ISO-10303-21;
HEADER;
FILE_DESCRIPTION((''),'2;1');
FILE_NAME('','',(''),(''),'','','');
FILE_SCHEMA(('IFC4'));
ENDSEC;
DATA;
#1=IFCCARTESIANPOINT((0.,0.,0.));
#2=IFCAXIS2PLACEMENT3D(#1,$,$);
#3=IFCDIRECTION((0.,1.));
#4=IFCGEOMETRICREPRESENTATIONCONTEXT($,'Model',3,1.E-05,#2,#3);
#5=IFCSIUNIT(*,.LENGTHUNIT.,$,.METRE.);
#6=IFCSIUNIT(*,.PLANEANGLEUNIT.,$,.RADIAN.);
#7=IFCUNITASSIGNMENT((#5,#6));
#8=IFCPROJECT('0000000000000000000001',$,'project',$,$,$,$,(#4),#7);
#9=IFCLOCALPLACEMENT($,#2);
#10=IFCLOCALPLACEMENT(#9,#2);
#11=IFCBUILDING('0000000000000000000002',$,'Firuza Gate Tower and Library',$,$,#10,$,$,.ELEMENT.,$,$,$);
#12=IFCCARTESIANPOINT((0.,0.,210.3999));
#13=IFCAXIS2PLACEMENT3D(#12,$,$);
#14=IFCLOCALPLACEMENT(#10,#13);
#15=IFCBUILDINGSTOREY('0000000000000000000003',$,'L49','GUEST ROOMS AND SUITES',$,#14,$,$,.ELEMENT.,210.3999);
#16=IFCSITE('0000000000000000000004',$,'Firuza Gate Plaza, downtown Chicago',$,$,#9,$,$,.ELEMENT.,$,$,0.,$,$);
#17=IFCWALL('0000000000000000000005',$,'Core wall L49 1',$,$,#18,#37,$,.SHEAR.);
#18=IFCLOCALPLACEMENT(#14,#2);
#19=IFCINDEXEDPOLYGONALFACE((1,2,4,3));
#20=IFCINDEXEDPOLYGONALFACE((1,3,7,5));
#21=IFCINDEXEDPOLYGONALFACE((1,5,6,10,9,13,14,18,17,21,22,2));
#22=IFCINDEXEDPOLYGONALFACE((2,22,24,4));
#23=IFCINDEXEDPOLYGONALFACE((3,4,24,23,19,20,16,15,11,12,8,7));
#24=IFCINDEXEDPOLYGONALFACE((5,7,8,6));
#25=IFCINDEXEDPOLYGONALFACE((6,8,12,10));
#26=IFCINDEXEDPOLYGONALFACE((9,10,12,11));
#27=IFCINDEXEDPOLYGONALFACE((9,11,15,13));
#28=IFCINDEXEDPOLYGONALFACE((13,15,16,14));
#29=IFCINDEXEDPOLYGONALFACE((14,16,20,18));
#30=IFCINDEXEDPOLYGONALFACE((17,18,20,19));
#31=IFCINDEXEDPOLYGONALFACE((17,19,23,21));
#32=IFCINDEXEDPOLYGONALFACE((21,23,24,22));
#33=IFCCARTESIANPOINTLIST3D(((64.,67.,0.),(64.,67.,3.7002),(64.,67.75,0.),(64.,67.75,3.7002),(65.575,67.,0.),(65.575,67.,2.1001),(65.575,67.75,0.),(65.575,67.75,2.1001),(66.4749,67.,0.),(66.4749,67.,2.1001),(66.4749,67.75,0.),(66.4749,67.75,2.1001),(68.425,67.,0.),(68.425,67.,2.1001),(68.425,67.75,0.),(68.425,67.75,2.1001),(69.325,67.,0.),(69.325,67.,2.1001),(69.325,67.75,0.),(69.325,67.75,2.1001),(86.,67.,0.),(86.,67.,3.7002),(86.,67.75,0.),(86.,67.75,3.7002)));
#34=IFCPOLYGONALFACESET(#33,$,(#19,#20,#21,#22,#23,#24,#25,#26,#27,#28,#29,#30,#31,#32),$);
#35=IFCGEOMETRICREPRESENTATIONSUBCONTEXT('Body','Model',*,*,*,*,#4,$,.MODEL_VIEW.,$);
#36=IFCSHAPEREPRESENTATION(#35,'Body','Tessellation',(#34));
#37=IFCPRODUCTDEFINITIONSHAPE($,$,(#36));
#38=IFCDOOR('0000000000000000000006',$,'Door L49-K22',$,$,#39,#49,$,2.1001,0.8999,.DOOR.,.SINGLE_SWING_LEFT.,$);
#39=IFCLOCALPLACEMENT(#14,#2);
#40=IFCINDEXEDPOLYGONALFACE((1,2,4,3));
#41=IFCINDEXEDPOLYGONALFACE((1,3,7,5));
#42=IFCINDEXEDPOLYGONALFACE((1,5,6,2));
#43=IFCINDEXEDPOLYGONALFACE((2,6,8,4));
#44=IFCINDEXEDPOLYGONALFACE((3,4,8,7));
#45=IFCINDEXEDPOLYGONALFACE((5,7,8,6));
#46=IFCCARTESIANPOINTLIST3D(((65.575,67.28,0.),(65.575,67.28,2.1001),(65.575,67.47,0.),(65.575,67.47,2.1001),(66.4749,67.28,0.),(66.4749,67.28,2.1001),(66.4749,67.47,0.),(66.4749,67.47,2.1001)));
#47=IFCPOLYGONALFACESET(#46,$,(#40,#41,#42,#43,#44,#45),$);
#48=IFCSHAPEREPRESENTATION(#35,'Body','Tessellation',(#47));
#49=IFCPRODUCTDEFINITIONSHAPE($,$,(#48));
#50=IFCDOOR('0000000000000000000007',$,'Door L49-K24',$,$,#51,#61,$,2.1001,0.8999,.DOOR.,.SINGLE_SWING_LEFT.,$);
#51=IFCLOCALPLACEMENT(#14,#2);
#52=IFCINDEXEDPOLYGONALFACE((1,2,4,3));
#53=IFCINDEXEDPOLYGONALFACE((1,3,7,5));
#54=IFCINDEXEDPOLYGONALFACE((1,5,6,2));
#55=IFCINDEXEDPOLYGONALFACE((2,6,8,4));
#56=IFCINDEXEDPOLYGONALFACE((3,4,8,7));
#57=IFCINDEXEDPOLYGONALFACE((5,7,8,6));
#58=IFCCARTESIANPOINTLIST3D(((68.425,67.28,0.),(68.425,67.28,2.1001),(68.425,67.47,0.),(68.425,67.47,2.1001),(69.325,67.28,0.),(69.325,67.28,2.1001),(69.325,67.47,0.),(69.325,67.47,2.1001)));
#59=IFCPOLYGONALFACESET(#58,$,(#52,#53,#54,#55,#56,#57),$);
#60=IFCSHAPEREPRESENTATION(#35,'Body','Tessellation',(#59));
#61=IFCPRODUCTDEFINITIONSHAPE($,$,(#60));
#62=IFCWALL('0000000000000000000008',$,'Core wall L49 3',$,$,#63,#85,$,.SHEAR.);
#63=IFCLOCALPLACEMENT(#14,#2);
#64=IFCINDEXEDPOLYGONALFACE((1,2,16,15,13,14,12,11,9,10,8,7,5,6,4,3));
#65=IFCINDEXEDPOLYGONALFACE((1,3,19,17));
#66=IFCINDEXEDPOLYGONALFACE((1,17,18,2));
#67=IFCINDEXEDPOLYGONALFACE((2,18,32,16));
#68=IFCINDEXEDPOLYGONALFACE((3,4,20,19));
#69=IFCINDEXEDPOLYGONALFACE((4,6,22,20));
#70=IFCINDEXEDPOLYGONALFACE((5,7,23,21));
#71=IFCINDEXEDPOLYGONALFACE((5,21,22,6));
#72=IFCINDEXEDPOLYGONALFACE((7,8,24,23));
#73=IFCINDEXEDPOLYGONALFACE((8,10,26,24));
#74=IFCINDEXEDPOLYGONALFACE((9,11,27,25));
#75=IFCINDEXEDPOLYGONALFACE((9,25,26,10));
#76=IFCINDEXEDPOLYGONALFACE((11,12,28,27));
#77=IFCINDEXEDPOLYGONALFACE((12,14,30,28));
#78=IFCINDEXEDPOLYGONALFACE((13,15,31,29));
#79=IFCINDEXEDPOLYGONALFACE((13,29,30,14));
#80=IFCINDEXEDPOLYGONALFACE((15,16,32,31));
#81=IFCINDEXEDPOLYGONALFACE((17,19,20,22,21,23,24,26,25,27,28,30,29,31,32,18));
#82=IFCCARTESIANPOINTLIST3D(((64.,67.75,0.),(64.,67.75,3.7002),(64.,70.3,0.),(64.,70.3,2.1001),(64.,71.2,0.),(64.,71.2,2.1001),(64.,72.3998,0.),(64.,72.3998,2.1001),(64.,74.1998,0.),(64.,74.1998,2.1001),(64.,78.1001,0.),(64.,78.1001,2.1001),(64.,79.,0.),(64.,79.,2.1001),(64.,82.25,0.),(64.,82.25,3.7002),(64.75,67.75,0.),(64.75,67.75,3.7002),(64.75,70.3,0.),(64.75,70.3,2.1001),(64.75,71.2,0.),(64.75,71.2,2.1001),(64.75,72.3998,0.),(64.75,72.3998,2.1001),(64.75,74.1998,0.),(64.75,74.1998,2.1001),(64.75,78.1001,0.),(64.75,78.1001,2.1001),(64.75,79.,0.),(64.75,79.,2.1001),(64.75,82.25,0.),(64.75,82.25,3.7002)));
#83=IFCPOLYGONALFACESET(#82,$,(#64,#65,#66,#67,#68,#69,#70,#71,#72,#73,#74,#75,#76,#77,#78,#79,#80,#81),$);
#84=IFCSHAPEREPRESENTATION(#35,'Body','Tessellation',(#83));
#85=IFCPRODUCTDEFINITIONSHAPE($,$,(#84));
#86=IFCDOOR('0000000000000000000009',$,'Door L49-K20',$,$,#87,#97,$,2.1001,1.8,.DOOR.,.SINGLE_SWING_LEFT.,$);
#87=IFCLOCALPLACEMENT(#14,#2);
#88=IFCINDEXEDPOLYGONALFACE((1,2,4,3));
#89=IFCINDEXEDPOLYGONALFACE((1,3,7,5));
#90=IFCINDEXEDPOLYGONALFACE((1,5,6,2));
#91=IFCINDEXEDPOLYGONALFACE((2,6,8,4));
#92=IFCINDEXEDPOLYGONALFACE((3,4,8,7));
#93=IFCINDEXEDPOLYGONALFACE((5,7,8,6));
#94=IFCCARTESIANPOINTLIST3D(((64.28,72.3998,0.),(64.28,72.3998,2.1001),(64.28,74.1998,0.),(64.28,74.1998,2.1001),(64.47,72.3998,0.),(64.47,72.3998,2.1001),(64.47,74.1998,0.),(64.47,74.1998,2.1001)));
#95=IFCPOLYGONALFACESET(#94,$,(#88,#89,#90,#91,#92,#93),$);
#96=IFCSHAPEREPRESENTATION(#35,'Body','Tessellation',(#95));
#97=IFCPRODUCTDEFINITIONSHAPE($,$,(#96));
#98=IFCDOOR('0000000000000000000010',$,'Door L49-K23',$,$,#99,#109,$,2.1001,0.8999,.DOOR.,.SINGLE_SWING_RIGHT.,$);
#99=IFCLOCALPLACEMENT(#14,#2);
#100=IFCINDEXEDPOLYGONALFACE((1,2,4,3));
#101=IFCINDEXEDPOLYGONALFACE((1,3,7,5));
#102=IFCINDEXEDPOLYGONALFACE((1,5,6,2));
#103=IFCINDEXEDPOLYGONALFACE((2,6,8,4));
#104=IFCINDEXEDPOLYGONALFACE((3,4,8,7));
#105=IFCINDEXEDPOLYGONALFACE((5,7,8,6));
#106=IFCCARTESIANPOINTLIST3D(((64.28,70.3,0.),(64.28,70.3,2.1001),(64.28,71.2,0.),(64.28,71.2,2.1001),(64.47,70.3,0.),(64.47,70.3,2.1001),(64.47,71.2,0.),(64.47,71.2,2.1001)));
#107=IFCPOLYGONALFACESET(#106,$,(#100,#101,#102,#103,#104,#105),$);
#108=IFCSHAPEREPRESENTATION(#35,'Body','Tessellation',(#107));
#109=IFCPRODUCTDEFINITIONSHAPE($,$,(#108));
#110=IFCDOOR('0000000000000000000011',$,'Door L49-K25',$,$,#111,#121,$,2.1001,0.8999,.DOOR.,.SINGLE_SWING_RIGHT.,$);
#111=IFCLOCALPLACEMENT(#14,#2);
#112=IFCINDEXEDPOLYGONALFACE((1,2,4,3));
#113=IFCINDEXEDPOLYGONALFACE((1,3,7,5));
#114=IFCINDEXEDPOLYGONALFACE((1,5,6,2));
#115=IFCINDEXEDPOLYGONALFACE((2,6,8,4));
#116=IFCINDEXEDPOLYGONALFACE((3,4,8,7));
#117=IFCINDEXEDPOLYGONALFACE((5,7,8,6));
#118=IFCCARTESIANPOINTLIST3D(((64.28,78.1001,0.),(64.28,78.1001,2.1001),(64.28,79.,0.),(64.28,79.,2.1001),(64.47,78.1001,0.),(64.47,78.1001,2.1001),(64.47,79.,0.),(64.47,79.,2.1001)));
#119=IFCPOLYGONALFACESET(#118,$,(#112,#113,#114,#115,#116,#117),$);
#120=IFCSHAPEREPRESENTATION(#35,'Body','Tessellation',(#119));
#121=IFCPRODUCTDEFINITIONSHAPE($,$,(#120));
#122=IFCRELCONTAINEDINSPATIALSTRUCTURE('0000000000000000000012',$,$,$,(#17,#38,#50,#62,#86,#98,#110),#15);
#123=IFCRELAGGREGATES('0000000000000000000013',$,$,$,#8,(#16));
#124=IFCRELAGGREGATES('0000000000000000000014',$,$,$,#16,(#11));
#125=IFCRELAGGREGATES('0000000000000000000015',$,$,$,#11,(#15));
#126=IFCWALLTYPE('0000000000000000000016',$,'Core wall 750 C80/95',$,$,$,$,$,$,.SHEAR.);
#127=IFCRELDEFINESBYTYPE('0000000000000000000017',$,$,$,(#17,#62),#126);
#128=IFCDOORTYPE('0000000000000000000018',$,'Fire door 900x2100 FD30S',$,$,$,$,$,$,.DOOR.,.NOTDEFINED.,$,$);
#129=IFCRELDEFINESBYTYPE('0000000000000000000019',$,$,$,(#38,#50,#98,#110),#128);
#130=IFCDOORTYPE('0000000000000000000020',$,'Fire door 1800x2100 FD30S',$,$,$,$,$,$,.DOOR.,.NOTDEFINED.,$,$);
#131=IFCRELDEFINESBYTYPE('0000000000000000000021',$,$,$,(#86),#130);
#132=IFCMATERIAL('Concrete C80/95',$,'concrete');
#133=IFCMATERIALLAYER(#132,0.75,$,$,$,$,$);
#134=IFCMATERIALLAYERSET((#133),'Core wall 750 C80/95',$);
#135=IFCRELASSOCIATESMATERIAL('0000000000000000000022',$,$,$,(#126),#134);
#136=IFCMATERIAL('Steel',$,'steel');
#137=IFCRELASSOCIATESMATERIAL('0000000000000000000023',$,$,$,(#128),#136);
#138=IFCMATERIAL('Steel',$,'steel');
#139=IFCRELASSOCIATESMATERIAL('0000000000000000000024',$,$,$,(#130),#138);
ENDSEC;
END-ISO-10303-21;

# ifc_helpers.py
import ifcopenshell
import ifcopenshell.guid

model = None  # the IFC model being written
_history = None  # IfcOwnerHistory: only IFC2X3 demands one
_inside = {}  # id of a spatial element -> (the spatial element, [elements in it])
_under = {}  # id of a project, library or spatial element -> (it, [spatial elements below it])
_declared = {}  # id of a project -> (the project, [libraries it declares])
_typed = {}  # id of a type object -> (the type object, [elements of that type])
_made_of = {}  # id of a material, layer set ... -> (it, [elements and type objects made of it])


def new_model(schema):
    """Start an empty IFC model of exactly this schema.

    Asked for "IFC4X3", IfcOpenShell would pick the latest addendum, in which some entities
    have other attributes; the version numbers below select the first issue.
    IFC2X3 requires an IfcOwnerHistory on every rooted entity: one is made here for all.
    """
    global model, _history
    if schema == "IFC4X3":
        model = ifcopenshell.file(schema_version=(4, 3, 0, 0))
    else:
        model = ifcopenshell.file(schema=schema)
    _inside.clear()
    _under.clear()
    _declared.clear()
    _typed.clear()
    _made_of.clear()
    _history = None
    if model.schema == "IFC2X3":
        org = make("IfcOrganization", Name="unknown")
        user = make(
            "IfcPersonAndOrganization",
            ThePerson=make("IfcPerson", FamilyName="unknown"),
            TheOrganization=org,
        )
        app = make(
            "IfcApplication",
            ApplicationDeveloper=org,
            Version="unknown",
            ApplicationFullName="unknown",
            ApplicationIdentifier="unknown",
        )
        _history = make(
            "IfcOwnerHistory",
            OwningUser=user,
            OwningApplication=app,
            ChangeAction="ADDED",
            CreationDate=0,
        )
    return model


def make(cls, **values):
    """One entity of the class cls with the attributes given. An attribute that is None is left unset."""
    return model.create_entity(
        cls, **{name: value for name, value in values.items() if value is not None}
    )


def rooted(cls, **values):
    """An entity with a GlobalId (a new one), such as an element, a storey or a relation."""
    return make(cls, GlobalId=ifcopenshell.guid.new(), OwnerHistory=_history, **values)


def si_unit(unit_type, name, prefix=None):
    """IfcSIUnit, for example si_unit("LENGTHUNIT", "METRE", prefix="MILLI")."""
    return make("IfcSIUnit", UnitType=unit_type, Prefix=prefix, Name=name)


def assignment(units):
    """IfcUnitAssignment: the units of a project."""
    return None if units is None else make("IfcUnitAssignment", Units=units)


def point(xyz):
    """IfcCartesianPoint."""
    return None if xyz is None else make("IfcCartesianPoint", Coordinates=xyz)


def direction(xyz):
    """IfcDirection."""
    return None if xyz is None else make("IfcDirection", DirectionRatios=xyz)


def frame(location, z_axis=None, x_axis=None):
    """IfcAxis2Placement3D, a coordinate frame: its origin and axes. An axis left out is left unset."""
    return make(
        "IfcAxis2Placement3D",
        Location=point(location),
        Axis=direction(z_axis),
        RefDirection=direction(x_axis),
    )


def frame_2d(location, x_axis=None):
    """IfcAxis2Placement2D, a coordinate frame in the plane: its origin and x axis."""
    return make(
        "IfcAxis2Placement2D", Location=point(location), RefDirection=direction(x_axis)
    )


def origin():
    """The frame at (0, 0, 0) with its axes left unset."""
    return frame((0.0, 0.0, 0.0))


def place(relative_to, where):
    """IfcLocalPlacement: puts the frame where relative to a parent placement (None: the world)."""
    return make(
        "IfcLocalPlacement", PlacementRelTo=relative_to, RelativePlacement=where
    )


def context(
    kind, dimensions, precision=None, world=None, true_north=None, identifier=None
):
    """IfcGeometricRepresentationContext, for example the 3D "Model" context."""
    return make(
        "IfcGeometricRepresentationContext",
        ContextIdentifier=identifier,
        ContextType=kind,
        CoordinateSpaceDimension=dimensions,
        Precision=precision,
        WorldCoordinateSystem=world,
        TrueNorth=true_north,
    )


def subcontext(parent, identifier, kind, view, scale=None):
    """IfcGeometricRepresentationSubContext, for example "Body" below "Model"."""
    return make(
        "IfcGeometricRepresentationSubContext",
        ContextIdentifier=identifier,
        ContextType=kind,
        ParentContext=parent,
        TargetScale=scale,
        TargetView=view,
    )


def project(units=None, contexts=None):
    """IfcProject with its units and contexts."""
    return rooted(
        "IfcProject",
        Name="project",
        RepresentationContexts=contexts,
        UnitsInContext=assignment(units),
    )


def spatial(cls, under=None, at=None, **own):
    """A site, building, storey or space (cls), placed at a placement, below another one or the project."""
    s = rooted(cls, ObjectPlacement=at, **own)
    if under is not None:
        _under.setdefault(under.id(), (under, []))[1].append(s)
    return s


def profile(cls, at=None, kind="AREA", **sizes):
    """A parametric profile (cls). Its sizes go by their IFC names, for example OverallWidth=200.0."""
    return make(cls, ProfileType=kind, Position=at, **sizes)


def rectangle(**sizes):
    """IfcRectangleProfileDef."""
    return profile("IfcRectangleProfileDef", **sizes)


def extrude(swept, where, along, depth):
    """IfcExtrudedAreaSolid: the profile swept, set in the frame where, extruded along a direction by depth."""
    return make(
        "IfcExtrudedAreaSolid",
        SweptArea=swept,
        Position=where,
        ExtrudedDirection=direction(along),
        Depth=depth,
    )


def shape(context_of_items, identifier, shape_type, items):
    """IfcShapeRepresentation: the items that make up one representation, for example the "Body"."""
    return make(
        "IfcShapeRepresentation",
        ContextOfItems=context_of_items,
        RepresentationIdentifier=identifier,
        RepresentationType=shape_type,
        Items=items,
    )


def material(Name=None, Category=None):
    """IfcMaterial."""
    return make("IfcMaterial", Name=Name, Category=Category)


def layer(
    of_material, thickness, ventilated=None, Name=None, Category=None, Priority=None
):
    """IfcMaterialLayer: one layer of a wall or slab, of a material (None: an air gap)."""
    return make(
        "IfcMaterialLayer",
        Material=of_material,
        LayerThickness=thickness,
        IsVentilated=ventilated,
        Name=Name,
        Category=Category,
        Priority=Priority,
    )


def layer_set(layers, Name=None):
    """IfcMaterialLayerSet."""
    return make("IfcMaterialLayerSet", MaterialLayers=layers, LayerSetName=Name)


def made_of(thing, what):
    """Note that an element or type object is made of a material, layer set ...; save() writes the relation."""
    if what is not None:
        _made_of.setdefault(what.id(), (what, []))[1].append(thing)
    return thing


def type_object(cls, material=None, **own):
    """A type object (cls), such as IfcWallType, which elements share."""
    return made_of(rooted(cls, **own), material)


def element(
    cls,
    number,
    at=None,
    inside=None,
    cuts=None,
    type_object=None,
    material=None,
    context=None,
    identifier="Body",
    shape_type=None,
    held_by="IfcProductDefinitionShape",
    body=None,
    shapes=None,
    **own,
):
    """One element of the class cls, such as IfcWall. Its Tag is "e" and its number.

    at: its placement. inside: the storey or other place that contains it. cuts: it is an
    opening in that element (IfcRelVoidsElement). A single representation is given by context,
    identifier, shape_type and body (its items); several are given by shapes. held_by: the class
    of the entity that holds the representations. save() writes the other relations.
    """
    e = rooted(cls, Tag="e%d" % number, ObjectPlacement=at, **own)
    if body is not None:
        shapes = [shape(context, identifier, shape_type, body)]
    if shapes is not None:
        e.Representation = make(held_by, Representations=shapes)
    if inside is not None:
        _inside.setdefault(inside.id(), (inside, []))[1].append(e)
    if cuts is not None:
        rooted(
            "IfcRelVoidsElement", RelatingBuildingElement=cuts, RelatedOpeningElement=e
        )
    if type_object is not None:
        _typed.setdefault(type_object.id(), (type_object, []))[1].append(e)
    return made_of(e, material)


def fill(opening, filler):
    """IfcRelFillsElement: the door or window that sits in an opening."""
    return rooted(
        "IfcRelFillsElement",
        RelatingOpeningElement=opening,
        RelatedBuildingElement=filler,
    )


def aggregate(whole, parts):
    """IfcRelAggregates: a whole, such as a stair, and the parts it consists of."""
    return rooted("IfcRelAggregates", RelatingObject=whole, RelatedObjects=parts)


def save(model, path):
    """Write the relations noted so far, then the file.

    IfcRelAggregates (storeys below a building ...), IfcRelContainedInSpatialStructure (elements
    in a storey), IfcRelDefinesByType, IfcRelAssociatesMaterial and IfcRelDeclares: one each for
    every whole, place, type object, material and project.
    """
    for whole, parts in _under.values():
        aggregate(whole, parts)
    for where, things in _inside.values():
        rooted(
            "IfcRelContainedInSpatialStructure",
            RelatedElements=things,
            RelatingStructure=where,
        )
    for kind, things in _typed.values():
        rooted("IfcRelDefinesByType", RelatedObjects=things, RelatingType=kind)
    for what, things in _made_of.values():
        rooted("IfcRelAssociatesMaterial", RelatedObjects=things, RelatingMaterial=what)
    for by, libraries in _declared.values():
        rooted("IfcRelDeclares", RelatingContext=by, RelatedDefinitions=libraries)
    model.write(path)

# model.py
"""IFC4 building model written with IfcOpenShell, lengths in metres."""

from ifc_helpers import new_model, si_unit, direction, frame, frame_2d, origin, place, context, subcontext, project, spatial, rectangle, extrude, material, layer, layer_set, type_object, element, fill, save


model = new_model("IFC4")

# Units and contexts
model_context = context("Model", 3, precision=1e-05, world=origin(), true_north=direction((0.0, 1.0)))
body_context = subcontext(model_context, "Body", "Model", "MODEL_VIEW")
ifc_project = project(units=[si_unit("LENGTHUNIT", "METRE"), si_unit("PLANEANGLEUNIT", "RADIAN")], contexts=[model_context])

# Site, building, storey
site_placement = place(None, origin())
site = spatial("IfcSite", under=ifc_project, at=site_placement, Name="Firuza Gate Plaza, downtown Chicago", CompositionType="ELEMENT", RefElevation=0.0)
building_placement = place(site_placement, origin())
building = spatial("IfcBuilding", under=site, at=building_placement, Name="Firuza Gate Tower and Library", CompositionType="ELEMENT")
storey_placement = place(building_placement, frame((0.0, 0.0, 210.3999)))
storey = spatial("IfcBuildingStorey", under=building, at=storey_placement, Name="L49", Description="GUEST ROOMS AND SUITES", CompositionType="ELEMENT", Elevation=210.3999)

# Walls, openings, doors
ifc_material_1 = material(Name="Concrete C80/95", Category="concrete")
ifc_layer_1 = layer(ifc_material_1, 0.75)
ifc_layer_set_1 = layer_set([ifc_layer_1], Name="Core wall 750 C80/95")
wall_type_1 = type_object("IfcWallType", Name="Core wall 750 C80/95", PredefinedType="SHEAR", material=ifc_layer_set_1)
wall_1_placement = place(storey_placement, frame((64.0, 67.375, 0.0), z_axis=(0.0, 0.0, 1.0), x_axis=(1.0, 0.0, 0.0)))
wall_1 = element("IfcWall", 1, at=wall_1_placement, inside=storey, type_object=wall_type_1, Name="Core wall L49 1", PredefinedType="SHEAR", context=body_context, shape_type="SweptSolid", body=[
    extrude(rectangle(XDim=22.0, YDim=0.75, at=frame_2d((11.0, 0.0))), origin(), (0.0, 0.0, 1.0), 3.7002),
])
opening_1_placement = place(wall_1_placement, frame((1.575, 0.0, 0.0)))
opening_1 = element("IfcOpeningElement", 2, at=opening_1_placement, cuts=wall_1, PredefinedType="OPENING", context=body_context, shape_type="SweptSolid", body=[
    extrude(rectangle(XDim=0.8999, YDim=2.1001, at=frame_2d((0.45, 1.05))), frame((0.0, 0.385, 0.0), z_axis=(0.0, -1.0, 0.0), x_axis=(1.0, 0.0, 0.0)), (0.0, 0.0, 1.0), 0.77),
])
opening_2_placement = place(wall_1_placement, frame((4.425, 0.0, 0.0)))
opening_2 = element("IfcOpeningElement", 3, at=opening_2_placement, cuts=wall_1, PredefinedType="OPENING", context=body_context, shape_type="SweptSolid", body=[
    extrude(rectangle(XDim=0.8999, YDim=2.1001, at=frame_2d((0.45, 1.05))), frame((0.0, 0.385, 0.0), z_axis=(0.0, -1.0, 0.0), x_axis=(1.0, 0.0, 0.0)), (0.0, 0.0, 1.0), 0.77),
])
ifc_material_2 = material(Name="Steel", Category="steel")
door_type_1 = type_object("IfcDoorType", Name="Fire door 900x2100 FD30S", OperationType="NOTDEFINED", PredefinedType="DOOR", material=ifc_material_2)
door_1_placement = place(opening_1_placement, origin())
door_1 = element("IfcDoor", 4, at=door_1_placement, inside=storey, type_object=door_type_1, Name="Door L49-K22", OperationType="SINGLE_SWING_LEFT", OverallHeight=2.1001, OverallWidth=0.8999, PredefinedType="DOOR", context=body_context, shape_type="SweptSolid", body=[
    extrude(rectangle(XDim=0.8999, YDim=2.1001, at=frame_2d((0.45, 1.05))), frame((0.0, 0.095, 0.0), z_axis=(0.0, -1.0, 0.0), x_axis=(1.0, 0.0, 0.0)), (0.0, 0.0, 1.0), 0.1899),
])
fill(opening_1, door_1)
door_2_placement = place(opening_2_placement, origin())
door_2 = element("IfcDoor", 5, at=door_2_placement, inside=storey, type_object=door_type_1, Name="Door L49-K24", OperationType="SINGLE_SWING_LEFT", OverallHeight=2.1001, OverallWidth=0.8999, PredefinedType="DOOR", context=body_context, shape_type="SweptSolid", body=[
    extrude(rectangle(XDim=0.8999, YDim=2.1001, at=frame_2d((0.45, 1.05))), frame((0.0, 0.095, 0.0), z_axis=(0.0, -1.0, 0.0), x_axis=(1.0, 0.0, 0.0)), (0.0, 0.0, 1.0), 0.1899),
])
fill(opening_2, door_2)
wall_2_placement = place(storey_placement, frame((64.375, 67.75, 0.0), z_axis=(0.0, 0.0, 1.0), x_axis=(0.0, 1.0, 0.0)))
wall_2 = element("IfcWall", 6, at=wall_2_placement, inside=storey, type_object=wall_type_1, Name="Core wall L49 3", PredefinedType="SHEAR", context=body_context, shape_type="SweptSolid", body=[
    extrude(rectangle(XDim=14.5, YDim=0.75, at=frame_2d((7.25, 0.0))), origin(), (0.0, 0.0, 1.0), 3.7002),
])
opening_3_placement = place(wall_2_placement, frame((4.6499, 0.0, 0.0)))
opening_3 = element("IfcOpeningElement", 7, at=opening_3_placement, cuts=wall_2, PredefinedType="OPENING", context=body_context, shape_type="SweptSolid", body=[
    extrude(rectangle(XDim=1.8, YDim=2.1001, at=frame_2d((0.8999, 1.05))), frame((0.0, 0.385, 0.0), z_axis=(0.0, -1.0, 0.0), x_axis=(1.0, 0.0, 0.0)), (0.0, 0.0, 1.0), 0.77),
])
opening_4_placement = place(wall_2_placement, frame((2.55, 0.0, 0.0)))
opening_4 = element("IfcOpeningElement", 8, at=opening_4_placement, cuts=wall_2, PredefinedType="OPENING", context=body_context, shape_type="SweptSolid", body=[
    extrude(rectangle(XDim=0.8999, YDim=2.1001, at=frame_2d((0.45, 1.05))), frame((0.0, 0.385, 0.0), z_axis=(0.0, -1.0, 0.0), x_axis=(1.0, 0.0, 0.0)), (0.0, 0.0, 1.0), 0.77),
])
opening_5_placement = place(wall_2_placement, frame((10.3501, 0.0, 0.0)))
opening_5 = element("IfcOpeningElement", 9, at=opening_5_placement, cuts=wall_2, PredefinedType="OPENING", context=body_context, shape_type="SweptSolid", body=[
    extrude(rectangle(XDim=0.8999, YDim=2.1001, at=frame_2d((0.45, 1.05))), frame((0.0, 0.385, 0.0), z_axis=(0.0, -1.0, 0.0), x_axis=(1.0, 0.0, 0.0)), (0.0, 0.0, 1.0), 0.77),
])
ifc_material_3 = material(Name="Steel", Category="steel")
door_type_2 = type_object("IfcDoorType", Name="Fire door 1800x2100 FD30S", OperationType="NOTDEFINED", PredefinedType="DOOR", material=ifc_material_3)
door_3_placement = place(opening_3_placement, origin())
door_3 = element("IfcDoor", 10, at=door_3_placement, inside=storey, type_object=door_type_2, Name="Door L49-K20", OperationType="SINGLE_SWING_LEFT", OverallHeight=2.1001, OverallWidth=1.8, PredefinedType="DOOR", context=body_context, shape_type="SweptSolid", body=[
    extrude(rectangle(XDim=1.8, YDim=2.1001, at=frame_2d((0.8999, 1.05))), frame((0.0, 0.095, 0.0), z_axis=(0.0, -1.0, 0.0), x_axis=(1.0, 0.0, 0.0)), (0.0, 0.0, 1.0), 0.1899),
])
fill(opening_3, door_3)
door_4_placement = place(opening_4_placement, origin())
door_4 = element("IfcDoor", 11, at=door_4_placement, inside=storey, type_object=door_type_1, Name="Door L49-K23", OperationType="SINGLE_SWING_RIGHT", OverallHeight=2.1001, OverallWidth=0.8999, PredefinedType="DOOR", context=body_context, shape_type="SweptSolid", body=[
    extrude(rectangle(XDim=0.8999, YDim=2.1001, at=frame_2d((0.45, 1.05))), frame((0.0, 0.095, 0.0), z_axis=(0.0, -1.0, 0.0), x_axis=(1.0, 0.0, 0.0)), (0.0, 0.0, 1.0), 0.1899),
])
fill(opening_4, door_4)
door_5_placement = place(opening_5_placement, origin())
door_5 = element("IfcDoor", 12, at=door_5_placement, inside=storey, type_object=door_type_1, Name="Door L49-K25", OperationType="SINGLE_SWING_RIGHT", OverallHeight=2.1001, OverallWidth=0.8999, PredefinedType="DOOR", context=body_context, shape_type="SweptSolid", body=[
    extrude(rectangle(XDim=0.8999, YDim=2.1001, at=frame_2d((0.45, 1.05))), frame((0.0, 0.095, 0.0), z_axis=(0.0, -1.0, 0.0), x_axis=(1.0, 0.0, 0.0)), (0.0, 0.0, 1.0), 0.1899),
])
fill(opening_5, door_5)

save(model, "model.ifc")
